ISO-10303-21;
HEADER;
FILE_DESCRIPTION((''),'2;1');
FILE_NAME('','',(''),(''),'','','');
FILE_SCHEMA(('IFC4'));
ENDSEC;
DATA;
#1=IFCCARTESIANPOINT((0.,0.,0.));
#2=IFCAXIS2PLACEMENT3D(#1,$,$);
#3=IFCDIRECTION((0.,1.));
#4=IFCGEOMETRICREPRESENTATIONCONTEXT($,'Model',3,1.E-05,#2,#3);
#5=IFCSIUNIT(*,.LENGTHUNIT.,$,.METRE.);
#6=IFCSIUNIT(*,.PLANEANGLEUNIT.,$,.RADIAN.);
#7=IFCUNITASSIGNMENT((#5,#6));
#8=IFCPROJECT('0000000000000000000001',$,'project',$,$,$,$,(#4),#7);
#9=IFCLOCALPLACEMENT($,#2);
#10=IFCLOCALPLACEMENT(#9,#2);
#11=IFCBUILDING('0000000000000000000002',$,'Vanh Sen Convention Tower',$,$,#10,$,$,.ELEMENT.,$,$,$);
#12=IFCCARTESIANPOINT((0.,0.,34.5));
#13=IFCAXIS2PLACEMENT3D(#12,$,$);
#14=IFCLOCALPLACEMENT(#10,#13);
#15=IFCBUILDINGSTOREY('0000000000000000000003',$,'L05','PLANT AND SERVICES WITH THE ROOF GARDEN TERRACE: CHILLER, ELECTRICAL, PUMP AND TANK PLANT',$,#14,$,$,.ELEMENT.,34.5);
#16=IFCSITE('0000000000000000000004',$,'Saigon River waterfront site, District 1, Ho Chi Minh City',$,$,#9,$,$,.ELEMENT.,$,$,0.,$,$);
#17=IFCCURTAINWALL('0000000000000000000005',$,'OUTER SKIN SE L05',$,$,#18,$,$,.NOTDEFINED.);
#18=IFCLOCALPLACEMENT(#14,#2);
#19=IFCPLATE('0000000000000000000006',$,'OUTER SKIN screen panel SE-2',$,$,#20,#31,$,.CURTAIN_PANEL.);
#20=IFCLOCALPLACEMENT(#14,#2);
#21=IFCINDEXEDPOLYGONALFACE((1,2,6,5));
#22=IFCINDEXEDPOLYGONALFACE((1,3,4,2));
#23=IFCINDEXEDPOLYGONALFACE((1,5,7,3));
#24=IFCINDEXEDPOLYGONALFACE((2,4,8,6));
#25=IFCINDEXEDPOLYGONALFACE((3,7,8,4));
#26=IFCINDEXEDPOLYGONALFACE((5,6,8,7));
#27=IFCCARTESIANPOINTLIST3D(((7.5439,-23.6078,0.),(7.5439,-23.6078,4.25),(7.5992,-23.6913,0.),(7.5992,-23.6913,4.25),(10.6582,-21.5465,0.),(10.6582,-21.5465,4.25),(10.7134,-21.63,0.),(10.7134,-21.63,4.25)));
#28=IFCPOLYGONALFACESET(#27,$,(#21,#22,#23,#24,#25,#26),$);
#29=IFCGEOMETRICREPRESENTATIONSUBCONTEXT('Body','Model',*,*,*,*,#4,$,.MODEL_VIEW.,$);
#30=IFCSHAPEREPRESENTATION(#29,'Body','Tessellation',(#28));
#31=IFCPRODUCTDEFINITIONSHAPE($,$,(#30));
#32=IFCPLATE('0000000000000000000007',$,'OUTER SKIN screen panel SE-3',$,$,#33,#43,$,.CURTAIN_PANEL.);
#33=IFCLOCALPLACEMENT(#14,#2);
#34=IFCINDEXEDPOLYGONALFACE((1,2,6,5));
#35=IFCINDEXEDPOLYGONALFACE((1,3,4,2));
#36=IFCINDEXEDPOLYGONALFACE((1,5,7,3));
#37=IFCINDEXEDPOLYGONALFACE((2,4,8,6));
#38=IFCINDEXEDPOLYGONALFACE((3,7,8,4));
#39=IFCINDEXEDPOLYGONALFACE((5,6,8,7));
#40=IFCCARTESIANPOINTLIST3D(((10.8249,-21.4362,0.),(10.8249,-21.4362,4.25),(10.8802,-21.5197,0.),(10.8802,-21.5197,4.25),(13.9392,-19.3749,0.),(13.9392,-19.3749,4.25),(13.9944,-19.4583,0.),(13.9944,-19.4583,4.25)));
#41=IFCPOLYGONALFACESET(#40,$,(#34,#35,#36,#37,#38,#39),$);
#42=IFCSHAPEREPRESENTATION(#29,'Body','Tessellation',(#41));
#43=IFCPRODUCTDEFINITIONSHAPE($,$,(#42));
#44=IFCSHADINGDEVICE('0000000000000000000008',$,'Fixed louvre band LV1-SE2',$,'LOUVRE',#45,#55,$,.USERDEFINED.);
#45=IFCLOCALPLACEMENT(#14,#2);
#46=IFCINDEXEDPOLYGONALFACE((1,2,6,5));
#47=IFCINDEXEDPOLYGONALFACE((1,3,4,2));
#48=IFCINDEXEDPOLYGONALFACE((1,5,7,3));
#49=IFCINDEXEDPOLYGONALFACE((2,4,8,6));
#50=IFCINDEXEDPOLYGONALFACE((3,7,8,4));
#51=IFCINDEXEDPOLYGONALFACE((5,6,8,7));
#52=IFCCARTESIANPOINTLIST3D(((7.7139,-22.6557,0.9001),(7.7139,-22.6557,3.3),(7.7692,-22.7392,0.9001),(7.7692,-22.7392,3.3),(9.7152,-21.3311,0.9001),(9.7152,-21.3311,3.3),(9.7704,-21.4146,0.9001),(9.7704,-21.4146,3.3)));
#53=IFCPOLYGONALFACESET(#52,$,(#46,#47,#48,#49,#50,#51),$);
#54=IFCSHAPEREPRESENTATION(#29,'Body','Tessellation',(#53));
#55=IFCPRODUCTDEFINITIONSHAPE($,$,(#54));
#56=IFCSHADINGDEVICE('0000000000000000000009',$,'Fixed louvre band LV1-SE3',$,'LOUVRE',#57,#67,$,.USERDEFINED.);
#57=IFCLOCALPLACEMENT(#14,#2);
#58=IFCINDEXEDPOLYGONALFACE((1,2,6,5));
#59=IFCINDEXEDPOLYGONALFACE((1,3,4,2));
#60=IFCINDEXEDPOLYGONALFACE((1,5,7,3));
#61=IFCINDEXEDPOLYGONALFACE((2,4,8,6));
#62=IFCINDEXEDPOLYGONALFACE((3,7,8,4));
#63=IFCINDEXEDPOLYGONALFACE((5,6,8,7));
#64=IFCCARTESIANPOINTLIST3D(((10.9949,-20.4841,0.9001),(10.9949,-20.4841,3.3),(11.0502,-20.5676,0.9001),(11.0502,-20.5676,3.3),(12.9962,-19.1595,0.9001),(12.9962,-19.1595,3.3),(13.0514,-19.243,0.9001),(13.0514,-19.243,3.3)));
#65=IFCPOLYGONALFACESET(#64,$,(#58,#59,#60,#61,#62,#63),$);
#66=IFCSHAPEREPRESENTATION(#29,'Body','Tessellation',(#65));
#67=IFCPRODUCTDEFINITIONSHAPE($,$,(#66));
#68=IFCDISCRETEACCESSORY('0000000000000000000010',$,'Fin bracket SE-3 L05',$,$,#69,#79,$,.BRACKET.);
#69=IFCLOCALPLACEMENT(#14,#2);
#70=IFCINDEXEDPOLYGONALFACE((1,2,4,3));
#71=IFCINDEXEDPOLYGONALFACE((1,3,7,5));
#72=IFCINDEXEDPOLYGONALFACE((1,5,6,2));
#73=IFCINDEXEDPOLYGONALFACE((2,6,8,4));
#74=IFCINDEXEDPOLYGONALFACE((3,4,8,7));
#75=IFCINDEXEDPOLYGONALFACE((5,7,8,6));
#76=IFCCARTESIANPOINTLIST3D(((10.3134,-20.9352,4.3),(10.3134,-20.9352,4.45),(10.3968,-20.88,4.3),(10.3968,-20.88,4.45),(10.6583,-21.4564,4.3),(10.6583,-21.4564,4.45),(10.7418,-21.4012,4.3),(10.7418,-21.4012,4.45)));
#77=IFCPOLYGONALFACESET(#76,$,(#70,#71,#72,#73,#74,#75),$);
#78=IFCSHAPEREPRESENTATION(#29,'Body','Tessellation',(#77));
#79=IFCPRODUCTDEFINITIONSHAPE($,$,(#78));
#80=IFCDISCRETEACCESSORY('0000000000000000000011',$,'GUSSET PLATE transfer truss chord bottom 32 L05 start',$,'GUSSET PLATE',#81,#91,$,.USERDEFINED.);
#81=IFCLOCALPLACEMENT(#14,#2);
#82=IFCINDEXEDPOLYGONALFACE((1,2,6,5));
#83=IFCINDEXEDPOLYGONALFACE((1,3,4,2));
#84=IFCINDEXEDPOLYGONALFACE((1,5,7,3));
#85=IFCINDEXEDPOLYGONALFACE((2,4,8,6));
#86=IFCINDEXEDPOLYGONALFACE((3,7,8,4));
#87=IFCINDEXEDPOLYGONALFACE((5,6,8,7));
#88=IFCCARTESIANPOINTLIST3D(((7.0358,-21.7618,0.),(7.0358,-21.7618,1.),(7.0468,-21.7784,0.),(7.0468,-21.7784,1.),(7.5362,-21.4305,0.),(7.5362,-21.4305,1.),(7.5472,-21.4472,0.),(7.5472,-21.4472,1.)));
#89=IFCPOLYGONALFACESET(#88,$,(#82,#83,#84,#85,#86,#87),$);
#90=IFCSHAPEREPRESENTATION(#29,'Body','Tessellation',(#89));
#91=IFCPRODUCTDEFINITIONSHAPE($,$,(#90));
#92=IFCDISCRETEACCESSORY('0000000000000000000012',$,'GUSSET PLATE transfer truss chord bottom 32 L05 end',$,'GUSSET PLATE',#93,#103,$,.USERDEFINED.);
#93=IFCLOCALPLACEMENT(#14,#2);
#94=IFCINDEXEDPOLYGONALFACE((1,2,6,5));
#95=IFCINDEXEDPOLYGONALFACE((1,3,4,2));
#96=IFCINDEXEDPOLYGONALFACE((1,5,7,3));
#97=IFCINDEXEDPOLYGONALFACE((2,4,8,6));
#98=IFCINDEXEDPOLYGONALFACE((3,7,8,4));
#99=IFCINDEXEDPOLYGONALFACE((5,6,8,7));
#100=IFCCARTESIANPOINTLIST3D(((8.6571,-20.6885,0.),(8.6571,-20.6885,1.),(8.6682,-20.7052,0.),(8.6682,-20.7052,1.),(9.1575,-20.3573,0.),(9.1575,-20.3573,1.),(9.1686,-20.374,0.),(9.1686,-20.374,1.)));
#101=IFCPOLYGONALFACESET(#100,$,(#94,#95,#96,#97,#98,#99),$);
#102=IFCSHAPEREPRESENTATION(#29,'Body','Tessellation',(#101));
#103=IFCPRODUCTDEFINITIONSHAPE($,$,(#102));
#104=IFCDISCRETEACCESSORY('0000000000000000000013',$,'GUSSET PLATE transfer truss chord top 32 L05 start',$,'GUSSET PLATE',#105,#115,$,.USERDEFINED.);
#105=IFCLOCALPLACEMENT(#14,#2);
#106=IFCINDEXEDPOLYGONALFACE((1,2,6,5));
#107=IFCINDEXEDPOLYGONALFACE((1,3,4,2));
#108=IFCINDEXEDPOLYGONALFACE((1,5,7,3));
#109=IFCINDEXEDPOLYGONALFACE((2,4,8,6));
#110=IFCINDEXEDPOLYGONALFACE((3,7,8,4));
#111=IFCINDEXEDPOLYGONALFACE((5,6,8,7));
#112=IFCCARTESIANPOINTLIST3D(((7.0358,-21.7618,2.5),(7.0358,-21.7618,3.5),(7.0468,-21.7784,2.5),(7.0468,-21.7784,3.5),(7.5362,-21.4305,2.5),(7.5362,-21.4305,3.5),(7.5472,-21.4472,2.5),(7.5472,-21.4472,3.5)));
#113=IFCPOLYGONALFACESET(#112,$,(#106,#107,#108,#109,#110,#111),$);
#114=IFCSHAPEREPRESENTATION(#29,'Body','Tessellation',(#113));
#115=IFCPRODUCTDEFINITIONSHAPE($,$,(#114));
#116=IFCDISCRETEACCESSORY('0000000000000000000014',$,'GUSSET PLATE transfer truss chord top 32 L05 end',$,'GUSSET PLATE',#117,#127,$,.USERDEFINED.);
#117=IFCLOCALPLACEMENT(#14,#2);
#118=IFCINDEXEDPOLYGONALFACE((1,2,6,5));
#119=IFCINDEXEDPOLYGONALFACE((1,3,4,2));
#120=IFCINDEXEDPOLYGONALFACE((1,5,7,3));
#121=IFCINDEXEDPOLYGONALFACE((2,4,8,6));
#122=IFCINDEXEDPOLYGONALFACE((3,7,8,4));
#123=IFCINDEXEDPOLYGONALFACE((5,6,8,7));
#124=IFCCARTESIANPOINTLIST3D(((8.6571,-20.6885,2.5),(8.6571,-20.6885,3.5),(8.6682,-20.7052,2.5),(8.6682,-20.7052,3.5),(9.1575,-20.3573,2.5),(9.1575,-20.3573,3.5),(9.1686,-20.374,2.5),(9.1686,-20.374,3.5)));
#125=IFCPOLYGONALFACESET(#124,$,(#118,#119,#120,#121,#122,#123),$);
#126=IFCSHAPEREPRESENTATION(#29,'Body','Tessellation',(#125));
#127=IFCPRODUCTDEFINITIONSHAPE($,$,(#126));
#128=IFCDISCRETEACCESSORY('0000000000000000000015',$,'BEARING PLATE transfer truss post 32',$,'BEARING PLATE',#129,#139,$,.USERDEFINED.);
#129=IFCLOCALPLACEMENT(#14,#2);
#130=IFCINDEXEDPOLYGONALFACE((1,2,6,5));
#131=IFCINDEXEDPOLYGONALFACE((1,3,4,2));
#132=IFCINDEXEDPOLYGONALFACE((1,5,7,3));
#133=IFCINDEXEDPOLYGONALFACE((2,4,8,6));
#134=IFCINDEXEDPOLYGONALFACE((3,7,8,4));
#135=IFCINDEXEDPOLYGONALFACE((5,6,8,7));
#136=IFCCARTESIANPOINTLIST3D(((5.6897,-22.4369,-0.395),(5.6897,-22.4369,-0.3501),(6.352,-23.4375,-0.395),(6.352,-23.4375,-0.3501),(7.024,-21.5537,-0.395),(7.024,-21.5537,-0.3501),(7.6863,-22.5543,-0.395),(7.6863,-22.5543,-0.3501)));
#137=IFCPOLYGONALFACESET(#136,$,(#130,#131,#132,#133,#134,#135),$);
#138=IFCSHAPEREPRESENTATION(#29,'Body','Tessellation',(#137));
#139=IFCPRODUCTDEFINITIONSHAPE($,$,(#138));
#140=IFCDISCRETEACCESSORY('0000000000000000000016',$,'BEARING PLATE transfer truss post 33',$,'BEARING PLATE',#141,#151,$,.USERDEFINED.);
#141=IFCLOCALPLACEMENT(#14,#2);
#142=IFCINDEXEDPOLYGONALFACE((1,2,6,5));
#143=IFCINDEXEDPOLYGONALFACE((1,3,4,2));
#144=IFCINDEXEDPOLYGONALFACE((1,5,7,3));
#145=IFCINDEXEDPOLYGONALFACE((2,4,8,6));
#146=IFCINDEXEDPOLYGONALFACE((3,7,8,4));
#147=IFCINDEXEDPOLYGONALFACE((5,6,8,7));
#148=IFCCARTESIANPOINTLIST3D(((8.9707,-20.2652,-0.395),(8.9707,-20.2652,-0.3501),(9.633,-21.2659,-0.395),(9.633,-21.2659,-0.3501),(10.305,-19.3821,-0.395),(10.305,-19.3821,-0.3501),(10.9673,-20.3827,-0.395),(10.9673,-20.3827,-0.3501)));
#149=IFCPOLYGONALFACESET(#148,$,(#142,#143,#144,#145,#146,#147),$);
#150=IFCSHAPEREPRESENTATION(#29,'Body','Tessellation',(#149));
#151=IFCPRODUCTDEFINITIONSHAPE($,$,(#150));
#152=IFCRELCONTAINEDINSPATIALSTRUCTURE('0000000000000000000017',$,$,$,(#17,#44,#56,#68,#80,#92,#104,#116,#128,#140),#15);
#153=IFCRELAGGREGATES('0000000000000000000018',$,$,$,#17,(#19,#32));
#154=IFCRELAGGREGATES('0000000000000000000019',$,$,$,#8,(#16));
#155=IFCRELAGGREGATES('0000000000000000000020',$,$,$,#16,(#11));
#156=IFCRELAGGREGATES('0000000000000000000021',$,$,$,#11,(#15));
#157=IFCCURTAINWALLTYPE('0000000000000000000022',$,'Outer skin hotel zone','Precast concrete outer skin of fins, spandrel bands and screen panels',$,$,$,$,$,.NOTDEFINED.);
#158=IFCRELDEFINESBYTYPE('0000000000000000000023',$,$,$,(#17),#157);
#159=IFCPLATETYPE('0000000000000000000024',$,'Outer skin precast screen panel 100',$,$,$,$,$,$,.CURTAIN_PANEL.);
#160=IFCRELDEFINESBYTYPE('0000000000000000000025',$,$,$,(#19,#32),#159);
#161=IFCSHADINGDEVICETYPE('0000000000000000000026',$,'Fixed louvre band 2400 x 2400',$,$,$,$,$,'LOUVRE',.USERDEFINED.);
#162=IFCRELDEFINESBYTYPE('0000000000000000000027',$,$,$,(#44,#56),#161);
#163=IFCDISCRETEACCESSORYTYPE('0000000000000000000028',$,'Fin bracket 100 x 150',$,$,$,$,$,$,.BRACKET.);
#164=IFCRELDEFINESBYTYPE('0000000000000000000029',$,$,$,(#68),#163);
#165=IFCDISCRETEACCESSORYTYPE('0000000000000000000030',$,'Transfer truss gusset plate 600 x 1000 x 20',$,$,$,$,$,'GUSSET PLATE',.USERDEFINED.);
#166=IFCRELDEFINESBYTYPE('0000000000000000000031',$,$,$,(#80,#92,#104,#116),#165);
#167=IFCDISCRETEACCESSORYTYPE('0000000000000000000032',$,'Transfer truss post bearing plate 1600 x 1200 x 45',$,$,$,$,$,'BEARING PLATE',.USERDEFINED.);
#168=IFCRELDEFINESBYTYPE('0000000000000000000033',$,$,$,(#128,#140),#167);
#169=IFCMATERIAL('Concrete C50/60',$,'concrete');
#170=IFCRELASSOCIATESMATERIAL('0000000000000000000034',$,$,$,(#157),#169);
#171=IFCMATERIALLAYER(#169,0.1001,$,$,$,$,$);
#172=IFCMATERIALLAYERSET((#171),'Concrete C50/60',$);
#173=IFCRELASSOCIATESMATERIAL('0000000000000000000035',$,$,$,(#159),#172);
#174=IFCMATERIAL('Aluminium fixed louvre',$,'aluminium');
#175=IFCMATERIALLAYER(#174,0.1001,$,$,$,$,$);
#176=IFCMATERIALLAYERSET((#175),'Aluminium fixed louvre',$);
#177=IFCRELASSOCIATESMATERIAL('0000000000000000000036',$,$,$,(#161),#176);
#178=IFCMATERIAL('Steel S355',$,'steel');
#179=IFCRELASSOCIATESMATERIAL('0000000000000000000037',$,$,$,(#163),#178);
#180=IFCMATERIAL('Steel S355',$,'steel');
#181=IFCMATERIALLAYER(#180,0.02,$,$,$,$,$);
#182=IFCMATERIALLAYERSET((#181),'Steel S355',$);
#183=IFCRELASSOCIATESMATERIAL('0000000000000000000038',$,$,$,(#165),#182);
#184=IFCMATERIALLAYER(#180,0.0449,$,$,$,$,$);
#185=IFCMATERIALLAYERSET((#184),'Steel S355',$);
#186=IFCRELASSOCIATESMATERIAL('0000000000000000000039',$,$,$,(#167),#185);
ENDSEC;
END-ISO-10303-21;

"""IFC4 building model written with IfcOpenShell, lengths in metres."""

from ifc_helpers import new_model, si_unit, direction, frame, origin, origin_2d, place, context, subcontext, project, spatial, rectangle, extrude, material, layer, layer_set, type_object, element, aggregate, save


model = new_model("IFC4")

# Units and contexts
model_context = context("Model", 3, precision=1e-05, world=origin(), true_north=direction((0.0, 1.0)))
body_context = subcontext(model_context, "Body", "Model", "MODEL_VIEW")
ifc_project = project(units=[si_unit("LENGTHUNIT", "METRE"), si_unit("PLANEANGLEUNIT", "RADIAN")], contexts=[model_context])

# Site, building, storey
site_placement = place(None, origin())
site = spatial("IfcSite", under=ifc_project, at=site_placement, Name="Saigon River waterfront site, District 1, Ho Chi Minh City", CompositionType="ELEMENT", RefElevation=0.0)
building_placement = place(site_placement, origin())
building = spatial("IfcBuilding", under=site, at=building_placement, Name="Vanh Sen Convention Tower", CompositionType="ELEMENT")
storey_placement = place(building_placement, frame((0.0, 0.0, 34.5)))
storey = spatial("IfcBuildingStorey", under=building, at=storey_placement, Name="L05", Description="PLANT AND SERVICES WITH THE ROOF GARDEN TERRACE: CHILLER, ELECTRICAL, PUMP AND TANK PLANT", CompositionType="ELEMENT", Elevation=34.5)

# Curtain wall
ifc_material_1 = material(Name="Concrete C50/60", Category="concrete")
curtain_wall_type = type_object("IfcCurtainWallType", Name="Outer skin hotel zone", Description="Precast concrete outer skin of fins, spandrel bands and screen panels", PredefinedType="NOTDEFINED", material=ifc_material_1)
curtain_wall_placement = place(storey_placement, origin())
curtain_wall = element("IfcCurtainWall", 1, at=curtain_wall_placement, inside=storey, type_object=curtain_wall_type, Name="OUTER SKIN SE L05", PredefinedType="NOTDEFINED")

# Shared definitions
ifc_material_2 = material(Name="Steel S355", Category="steel")

# Plates
ifc_layer_1 = layer(ifc_material_1, 0.1001)
ifc_layer_set_1 = layer_set([ifc_layer_1], Name="Concrete C50/60")
plate_type = type_object("IfcPlateType", Name="Outer skin precast screen panel 100", PredefinedType="CURTAIN_PANEL", material=ifc_layer_set_1)
plate_1_placement = place(storey_placement, frame((9.1287, -22.6189, 0.0), z_axis=(0.0, 0.0, 1.0), x_axis=(0.833892, 0.551928, 0.0)))
plate_1 = element("IfcPlate", 2, at=plate_1_placement, type_object=plate_type, Name="OUTER SKIN screen panel SE-2", PredefinedType="CURTAIN_PANEL", context=body_context, shape_type="SweptSolid", body=[
    extrude(rectangle(XDim=3.7346, YDim=0.1001, at=origin_2d()), origin(), (0.0, 0.0, 1.0), 4.25),
])
plate_2_placement = place(storey_placement, frame((12.4097, -20.4473, 0.0), z_axis=(0.0, 0.0, 1.0), x_axis=(0.83388, 0.551946, 0.0)))
plate_2 = element("IfcPlate", 3, at=plate_2_placement, type_object=plate_type, Name="OUTER SKIN screen panel SE-3", PredefinedType="CURTAIN_PANEL", context=body_context, shape_type="SweptSolid", body=[
    extrude(rectangle(XDim=3.7346, YDim=0.1001, at=origin_2d()), origin(), (0.0, 0.0, 1.0), 4.25),
])
aggregate(curtain_wall, [plate_1, plate_2])

# Shading devices
ifc_material_3 = material(Name="Aluminium fixed louvre", Category="aluminium")
ifc_layer_2 = layer(ifc_material_3, 0.1001)
ifc_layer_set_2 = layer_set([ifc_layer_2], Name="Aluminium fixed louvre")
shading_device_type = type_object("IfcShadingDeviceType", Name="Fixed louvre band 2400 x 2400", ElementType="LOUVRE", PredefinedType="USERDEFINED", material=ifc_layer_set_2)
for number, where, z_axis, x_axis, name in (
    (4, (8.7422, -22.0352, 0.9001), (0.0, 0.0, 1.0), (0.833886, 0.551937, 0.0), "Fixed louvre band LV1-SE2"),
    (5, (12.0232, -19.8635, 0.9001), (0.0, 0.0, 1.0), (0.833886, 0.551937, 0.0), "Fixed louvre band LV1-SE3"),
):
    element("IfcShadingDevice", number, at=place(storey_placement, frame(where, z_axis=z_axis, x_axis=x_axis)), inside=storey, type_object=shading_device_type, Name=name, ObjectType="LOUVRE", PredefinedType="USERDEFINED", context=body_context, shape_type="SweptSolid", body=[
        extrude(rectangle(XDim=2.3999, YDim=0.1001, at=origin_2d()), origin(), (0.0, 0.0, 1.0), 2.3999),
    ])

# Discrete accessories
ifc_material_4 = material(Name="Steel S355", Category="steel")
discrete_accessory_type_1 = type_object("IfcDiscreteAccessoryType", Name="Fin bracket 100 x 150", PredefinedType="BRACKET", material=ifc_material_4)
discrete_accessory_placement = place(storey_placement, frame((10.5276, -21.1682, 4.3), z_axis=(0.0, 0.0, 1.0), x_axis=(0.551937, -0.833886, 0.0)))
element("IfcDiscreteAccessory", 6, at=discrete_accessory_placement, inside=storey, type_object=discrete_accessory_type_1, Name="Fin bracket SE-3 L05", PredefinedType="BRACKET", context=body_context, shape_type="SweptSolid", body=[
    extrude(rectangle(XDim=0.625, YDim=0.1001, at=origin_2d()), origin(), (0.0, 0.0, 1.0), 0.1499),
])
ifc_layer_3 = layer(ifc_material_2, 0.02)
ifc_layer_set_3 = layer_set([ifc_layer_3], Name="Steel S355")
discrete_accessory_type_2 = type_object("IfcDiscreteAccessoryType", Name="Transfer truss gusset plate 600 x 1000 x 20", ElementType="GUSSET PLATE", PredefinedType="USERDEFINED", material=ifc_layer_set_3)
for number, where, z_axis, x_axis, name in (
    (7, (7.2915, -21.6045, 0.0), (0.0, 0.0, 1.0), (0.833892, 0.551928, 0.0), "GUSSET PLATE transfer truss chord bottom 32 L05 start"),
    (8, (8.9128, -20.5312, 0.0), (0.0, 0.0, 1.0), (-0.833892, -0.551928, 0.0), "GUSSET PLATE transfer truss chord bottom 32 L05 end"),
    (9, (7.2915, -21.6045, 2.5), (0.0, 0.0, 1.0), (0.833892, 0.551928, 0.0), "GUSSET PLATE transfer truss chord top 32 L05 start"),
    (10, (8.9128, -20.5312, 2.5), (0.0, 0.0, 1.0), (-0.833892, -0.551928, 0.0), "GUSSET PLATE transfer truss chord top 32 L05 end"),
):
    element("IfcDiscreteAccessory", number, at=place(storey_placement, frame(where, z_axis=z_axis, x_axis=x_axis)), inside=storey, type_object=discrete_accessory_type_2, Name=name, ObjectType="GUSSET PLATE", PredefinedType="USERDEFINED", context=body_context, shape_type="SweptSolid", body=[
        extrude(rectangle(XDim=0.6001, YDim=0.02, at=origin_2d()), origin(), (0.0, 0.0, 1.0), 1.0),
    ])
ifc_layer_4 = layer(ifc_material_2, 0.0449)
ifc_layer_set_4 = layer_set([ifc_layer_4], Name="Steel S355")
discrete_accessory_type_3 = type_object("IfcDiscreteAccessoryType", Name="Transfer truss post bearing plate 1600 x 1200 x 45", ElementType="BEARING PLATE", PredefinedType="USERDEFINED", material=ifc_layer_set_4)
for number, where, z_axis, x_axis, name in (
    (11, (6.688, -22.4956, -0.395), (0.0, 0.0, 1.0), (0.833886, 0.551937, 0.0), "BEARING PLATE transfer truss post 32"),
    (12, (9.969, -20.324, -0.395), (0.0, 0.0, 1.0), (0.833886, 0.551937, 0.0), "BEARING PLATE transfer truss post 33"),
):
    element("IfcDiscreteAccessory", number, at=place(storey_placement, frame(where, z_axis=z_axis, x_axis=x_axis)), inside=storey, type_object=discrete_accessory_type_3, Name=name, ObjectType="BEARING PLATE", PredefinedType="USERDEFINED", context=body_context, shape_type="SweptSolid", body=[
        extrude(rectangle(XDim=1.6001, YDim=1.2, at=origin_2d()), origin(), (0.0, 0.0, 1.0), 0.0449),
    ])

save(model, "model.ifc")
